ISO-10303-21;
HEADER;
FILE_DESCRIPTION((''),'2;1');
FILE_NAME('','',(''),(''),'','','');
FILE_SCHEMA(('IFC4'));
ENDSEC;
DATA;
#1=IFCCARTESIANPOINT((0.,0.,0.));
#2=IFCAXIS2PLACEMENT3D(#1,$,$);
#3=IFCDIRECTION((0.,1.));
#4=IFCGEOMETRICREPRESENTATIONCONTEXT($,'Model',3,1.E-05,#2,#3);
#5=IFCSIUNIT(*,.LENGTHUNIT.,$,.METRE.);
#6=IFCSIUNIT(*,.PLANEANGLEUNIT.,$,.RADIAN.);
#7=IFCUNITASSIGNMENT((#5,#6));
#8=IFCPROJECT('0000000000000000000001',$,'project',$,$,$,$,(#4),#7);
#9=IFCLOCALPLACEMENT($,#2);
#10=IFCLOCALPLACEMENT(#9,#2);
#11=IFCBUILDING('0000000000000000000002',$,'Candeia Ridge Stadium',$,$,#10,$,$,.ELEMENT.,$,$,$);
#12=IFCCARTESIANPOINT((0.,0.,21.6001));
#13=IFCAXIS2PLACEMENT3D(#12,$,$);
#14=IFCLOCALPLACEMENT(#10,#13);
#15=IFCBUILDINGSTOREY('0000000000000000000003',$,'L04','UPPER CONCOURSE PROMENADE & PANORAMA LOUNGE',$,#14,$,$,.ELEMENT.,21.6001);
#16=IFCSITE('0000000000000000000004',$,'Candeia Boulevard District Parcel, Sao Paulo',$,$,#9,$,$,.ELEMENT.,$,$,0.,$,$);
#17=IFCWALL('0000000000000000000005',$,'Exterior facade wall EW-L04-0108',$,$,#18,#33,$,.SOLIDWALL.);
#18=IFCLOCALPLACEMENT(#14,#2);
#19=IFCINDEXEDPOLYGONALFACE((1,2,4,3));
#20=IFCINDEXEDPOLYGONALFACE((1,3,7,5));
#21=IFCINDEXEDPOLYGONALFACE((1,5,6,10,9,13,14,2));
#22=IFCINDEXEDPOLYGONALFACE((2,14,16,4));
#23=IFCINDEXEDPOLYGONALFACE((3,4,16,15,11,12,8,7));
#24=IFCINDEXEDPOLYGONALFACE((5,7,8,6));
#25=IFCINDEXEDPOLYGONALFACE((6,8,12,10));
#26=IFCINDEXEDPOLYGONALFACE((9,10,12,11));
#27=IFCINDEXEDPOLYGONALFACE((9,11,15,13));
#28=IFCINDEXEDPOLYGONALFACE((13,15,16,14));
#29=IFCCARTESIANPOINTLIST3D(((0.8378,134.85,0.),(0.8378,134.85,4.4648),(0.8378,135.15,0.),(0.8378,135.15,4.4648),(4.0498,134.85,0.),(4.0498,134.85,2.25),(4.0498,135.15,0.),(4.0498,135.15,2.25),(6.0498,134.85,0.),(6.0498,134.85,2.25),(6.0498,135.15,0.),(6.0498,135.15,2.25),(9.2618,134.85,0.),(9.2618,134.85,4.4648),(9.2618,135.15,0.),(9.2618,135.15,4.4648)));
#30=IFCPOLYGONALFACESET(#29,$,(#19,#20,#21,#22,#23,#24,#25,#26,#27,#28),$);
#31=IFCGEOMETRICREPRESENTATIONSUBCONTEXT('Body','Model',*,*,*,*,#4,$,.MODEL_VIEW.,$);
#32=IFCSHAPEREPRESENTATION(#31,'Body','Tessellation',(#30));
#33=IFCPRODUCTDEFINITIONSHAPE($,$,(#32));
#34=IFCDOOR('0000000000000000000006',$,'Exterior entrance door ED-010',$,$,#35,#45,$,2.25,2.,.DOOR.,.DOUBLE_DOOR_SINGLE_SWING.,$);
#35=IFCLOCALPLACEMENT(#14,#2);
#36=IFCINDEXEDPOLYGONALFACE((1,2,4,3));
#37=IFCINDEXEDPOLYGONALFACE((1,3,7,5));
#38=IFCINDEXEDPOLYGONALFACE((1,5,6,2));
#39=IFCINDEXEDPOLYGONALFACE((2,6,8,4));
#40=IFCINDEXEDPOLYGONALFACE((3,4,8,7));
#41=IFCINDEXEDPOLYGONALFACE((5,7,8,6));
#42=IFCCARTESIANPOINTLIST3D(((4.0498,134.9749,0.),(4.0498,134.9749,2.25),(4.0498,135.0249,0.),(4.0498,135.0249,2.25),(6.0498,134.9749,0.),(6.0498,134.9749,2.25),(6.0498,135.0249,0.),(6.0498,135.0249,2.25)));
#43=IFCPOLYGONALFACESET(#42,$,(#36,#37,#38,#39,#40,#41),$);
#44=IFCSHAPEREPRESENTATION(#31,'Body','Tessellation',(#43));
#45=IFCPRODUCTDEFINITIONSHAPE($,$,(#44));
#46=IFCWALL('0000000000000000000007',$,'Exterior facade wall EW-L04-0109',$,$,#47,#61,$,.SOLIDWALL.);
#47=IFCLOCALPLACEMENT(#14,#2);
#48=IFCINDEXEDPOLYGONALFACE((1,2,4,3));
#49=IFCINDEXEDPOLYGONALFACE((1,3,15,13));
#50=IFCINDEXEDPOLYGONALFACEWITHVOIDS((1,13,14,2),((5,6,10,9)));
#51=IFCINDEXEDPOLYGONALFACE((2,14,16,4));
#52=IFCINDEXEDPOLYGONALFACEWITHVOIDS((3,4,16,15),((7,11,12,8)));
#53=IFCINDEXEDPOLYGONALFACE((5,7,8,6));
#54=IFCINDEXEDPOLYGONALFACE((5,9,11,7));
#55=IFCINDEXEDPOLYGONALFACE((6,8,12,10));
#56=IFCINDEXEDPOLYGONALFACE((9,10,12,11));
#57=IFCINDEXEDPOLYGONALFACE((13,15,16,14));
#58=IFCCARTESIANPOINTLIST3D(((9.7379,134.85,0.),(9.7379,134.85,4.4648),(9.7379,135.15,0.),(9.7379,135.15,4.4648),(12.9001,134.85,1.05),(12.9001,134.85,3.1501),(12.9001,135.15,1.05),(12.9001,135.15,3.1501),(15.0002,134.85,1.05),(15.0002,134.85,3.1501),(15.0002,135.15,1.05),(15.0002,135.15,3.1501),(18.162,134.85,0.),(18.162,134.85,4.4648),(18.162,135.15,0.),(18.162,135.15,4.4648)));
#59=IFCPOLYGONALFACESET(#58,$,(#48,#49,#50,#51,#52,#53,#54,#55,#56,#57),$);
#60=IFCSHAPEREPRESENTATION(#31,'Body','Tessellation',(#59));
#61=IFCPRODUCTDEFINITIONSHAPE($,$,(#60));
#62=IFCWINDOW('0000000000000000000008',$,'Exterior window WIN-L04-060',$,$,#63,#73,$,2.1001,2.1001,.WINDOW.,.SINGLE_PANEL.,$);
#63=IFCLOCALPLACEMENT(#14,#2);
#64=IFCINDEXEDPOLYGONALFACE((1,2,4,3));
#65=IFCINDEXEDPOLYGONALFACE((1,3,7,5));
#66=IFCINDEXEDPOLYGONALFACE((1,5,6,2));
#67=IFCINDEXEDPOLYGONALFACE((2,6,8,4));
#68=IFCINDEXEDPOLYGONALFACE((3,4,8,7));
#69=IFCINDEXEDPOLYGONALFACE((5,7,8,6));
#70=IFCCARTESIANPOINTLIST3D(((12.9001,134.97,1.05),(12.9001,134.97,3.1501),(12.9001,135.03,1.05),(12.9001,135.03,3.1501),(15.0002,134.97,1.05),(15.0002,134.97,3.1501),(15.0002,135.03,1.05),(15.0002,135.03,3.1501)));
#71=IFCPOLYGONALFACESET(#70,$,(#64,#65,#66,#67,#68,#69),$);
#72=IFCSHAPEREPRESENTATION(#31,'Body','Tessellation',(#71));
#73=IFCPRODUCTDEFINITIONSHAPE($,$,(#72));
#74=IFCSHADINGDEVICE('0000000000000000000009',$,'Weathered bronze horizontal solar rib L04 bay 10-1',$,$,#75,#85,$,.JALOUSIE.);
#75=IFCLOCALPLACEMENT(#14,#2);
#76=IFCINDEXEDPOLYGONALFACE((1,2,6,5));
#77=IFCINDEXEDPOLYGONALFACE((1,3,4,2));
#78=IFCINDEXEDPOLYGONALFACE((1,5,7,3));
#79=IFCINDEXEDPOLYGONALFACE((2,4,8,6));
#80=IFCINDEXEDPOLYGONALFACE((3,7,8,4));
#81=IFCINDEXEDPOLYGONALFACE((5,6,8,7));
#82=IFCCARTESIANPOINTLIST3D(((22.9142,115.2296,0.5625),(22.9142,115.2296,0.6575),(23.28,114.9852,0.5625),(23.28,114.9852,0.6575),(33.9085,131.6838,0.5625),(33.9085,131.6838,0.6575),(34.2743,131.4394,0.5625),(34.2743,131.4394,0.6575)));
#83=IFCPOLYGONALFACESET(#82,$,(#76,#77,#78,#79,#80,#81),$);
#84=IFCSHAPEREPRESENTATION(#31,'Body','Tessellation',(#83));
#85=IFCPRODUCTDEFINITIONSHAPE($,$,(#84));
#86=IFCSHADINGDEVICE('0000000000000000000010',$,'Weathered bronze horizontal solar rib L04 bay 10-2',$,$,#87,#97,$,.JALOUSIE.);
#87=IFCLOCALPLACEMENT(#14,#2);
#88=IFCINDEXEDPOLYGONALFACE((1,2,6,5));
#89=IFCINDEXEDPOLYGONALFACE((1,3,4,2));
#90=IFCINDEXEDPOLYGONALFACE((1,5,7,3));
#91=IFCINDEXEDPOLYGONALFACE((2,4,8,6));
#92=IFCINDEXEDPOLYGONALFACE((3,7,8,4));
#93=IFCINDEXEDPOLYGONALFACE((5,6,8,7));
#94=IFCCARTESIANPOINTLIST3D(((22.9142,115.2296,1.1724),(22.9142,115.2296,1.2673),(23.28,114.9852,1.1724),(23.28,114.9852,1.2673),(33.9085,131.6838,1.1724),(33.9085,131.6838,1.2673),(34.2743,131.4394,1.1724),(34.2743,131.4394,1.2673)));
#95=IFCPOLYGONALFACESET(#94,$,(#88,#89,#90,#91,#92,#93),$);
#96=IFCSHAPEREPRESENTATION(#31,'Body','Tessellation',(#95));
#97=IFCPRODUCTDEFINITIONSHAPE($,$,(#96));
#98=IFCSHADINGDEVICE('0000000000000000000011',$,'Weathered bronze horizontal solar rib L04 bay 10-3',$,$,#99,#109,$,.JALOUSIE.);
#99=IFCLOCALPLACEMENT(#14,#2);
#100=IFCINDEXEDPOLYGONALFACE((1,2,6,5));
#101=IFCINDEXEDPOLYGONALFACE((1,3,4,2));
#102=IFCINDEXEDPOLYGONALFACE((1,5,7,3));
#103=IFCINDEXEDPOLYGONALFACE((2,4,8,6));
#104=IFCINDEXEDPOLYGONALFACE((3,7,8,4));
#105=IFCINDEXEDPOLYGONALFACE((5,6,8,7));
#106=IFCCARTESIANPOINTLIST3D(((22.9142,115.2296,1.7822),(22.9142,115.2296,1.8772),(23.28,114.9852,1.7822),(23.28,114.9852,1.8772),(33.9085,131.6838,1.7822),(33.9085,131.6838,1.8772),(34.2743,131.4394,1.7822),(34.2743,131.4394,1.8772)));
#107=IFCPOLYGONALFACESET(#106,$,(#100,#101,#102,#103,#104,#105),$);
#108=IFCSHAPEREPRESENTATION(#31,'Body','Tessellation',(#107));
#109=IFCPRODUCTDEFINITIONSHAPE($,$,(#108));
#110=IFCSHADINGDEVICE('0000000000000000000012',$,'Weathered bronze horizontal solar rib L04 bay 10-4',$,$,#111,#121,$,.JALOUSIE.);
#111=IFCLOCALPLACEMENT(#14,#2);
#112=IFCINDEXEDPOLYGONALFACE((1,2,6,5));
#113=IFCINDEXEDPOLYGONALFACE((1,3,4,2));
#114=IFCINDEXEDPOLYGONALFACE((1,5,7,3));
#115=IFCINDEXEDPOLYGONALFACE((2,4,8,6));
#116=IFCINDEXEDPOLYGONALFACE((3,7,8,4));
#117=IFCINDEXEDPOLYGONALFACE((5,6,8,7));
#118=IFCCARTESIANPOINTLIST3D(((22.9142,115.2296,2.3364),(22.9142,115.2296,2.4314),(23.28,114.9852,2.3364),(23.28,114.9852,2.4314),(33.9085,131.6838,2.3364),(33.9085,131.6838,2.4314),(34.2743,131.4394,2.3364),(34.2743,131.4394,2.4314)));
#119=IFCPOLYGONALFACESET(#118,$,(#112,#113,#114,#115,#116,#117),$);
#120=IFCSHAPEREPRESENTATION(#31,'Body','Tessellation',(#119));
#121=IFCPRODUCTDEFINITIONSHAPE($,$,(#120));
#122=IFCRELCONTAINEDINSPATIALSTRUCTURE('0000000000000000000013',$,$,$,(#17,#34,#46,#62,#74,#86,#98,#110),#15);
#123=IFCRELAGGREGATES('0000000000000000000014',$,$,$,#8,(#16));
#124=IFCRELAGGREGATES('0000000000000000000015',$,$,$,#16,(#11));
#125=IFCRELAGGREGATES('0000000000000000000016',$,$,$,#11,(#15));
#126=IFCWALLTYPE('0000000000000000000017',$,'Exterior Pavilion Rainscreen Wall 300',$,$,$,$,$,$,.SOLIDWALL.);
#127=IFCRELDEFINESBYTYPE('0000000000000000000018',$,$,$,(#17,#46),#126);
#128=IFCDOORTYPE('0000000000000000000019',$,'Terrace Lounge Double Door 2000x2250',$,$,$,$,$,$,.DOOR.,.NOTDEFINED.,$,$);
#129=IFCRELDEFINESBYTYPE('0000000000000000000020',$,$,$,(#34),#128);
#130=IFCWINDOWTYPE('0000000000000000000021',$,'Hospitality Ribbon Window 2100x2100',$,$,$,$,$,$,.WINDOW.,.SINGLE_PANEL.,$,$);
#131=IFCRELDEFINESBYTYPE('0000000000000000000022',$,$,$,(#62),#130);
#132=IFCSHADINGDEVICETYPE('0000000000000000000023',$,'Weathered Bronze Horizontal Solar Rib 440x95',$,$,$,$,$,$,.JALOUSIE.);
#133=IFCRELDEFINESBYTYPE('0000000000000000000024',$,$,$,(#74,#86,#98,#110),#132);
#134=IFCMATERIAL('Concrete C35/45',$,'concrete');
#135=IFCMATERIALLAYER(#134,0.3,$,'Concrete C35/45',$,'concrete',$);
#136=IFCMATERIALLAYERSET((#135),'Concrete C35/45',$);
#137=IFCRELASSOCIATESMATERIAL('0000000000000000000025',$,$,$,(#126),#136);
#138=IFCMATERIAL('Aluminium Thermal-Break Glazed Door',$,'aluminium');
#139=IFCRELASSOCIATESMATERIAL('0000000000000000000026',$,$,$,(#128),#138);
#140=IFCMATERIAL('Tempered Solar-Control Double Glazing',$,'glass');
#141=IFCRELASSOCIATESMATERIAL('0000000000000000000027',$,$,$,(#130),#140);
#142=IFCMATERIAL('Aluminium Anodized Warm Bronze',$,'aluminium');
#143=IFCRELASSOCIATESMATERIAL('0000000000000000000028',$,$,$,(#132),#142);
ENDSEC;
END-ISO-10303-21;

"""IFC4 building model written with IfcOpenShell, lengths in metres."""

from ifc_helpers import new_model, si_unit, direction, frame, frame_2d, origin, origin_2d, place, context, subcontext, project, spatial, rectangle, extrude, material, layer, layer_set, type_object, element, fill, save


model = new_model("IFC4")

# Units and contexts
model_context = context("Model", 3, precision=1e-05, world=origin(), true_north=direction((0.0, 1.0)))
body_context = subcontext(model_context, "Body", "Model", "MODEL_VIEW")
ifc_project = project(units=[si_unit("LENGTHUNIT", "METRE"), si_unit("PLANEANGLEUNIT", "RADIAN")], contexts=[model_context])

# Site, building, storey
site_placement = place(None, origin())
site = spatial("IfcSite", under=ifc_project, at=site_placement, Name="Candeia Boulevard District Parcel, Sao Paulo", CompositionType="ELEMENT", RefElevation=0.0)
building_placement = place(site_placement, origin())
building = spatial("IfcBuilding", under=site, at=building_placement, Name="Candeia Ridge Stadium", CompositionType="ELEMENT")
storey_placement = place(building_placement, frame((0.0, 0.0, 21.6001)))
storey = spatial("IfcBuildingStorey", under=building, at=storey_placement, Name="L04", Description="UPPER CONCOURSE PROMENADE & PANORAMA LOUNGE", CompositionType="ELEMENT", Elevation=21.6001)

# Shared definitions
ifc_material_1 = material(Name="Concrete C35/45", Category="concrete")
ifc_material_2 = material(Name="Tempered Solar-Control Double Glazing", Category="glass")

# Wall, opening, door
ifc_layer_1 = layer(ifc_material_1, 0.3, Name="Concrete C35/45", Category="concrete")
ifc_layer_set_1 = layer_set([ifc_layer_1], Name="Concrete C35/45")
wall_type_1 = type_object("IfcWallType", Name="Exterior Pavilion Rainscreen Wall 300", PredefinedType="SOLIDWALL", material=ifc_layer_set_1)
wall_1_placement = place(storey_placement, frame((0.8379, 135.0, 0.0), z_axis=(0.0, 0.0, 1.0), x_axis=(1.0, 0.0, 0.0)))
wall_1 = element("IfcWall", 1, at=wall_1_placement, inside=storey, type_object=wall_type_1, Name="Exterior facade wall EW-L04-0108", PredefinedType="SOLIDWALL", context=body_context, shape_type="SweptSolid", body=[
    extrude(rectangle(XDim=8.4241, YDim=0.3, at=frame_2d((4.2119, 0.0))), origin(), (0.0, 0.0, 1.0), 4.4648),
])
opening_1_placement = place(wall_1_placement, frame((3.2119, 0.0, 0.0)))
opening_1 = element("IfcOpeningElement", 2, at=opening_1_placement, cuts=wall_1, PredefinedType="OPENING", context=body_context, shape_type="SweptSolid", body=[
    extrude(rectangle(XDim=2.0, YDim=2.25, at=frame_2d((1.0, 1.125))), frame((0.0, 0.1599, 0.0), z_axis=(0.0, -1.0, 0.0), x_axis=(1.0, 0.0, 0.0)), (0.0, 0.0, 1.0), 0.3201),
])
ifc_material_3 = material(Name="Aluminium Thermal-Break Glazed Door", Category="aluminium")
door_type = type_object("IfcDoorType", Name="Terrace Lounge Double Door 2000x2250", OperationType="NOTDEFINED", PredefinedType="DOOR", material=ifc_material_3)
door_placement = place(opening_1_placement, origin())
door = element("IfcDoor", 3, at=door_placement, inside=storey, type_object=door_type, Name="Exterior entrance door ED-010", OperationType="DOUBLE_DOOR_SINGLE_SWING", OverallHeight=2.25, OverallWidth=2.0, PredefinedType="DOOR", context=body_context, shape_type="SweptSolid", body=[
    extrude(rectangle(XDim=2.0, YDim=2.25, at=frame_2d((1.0, 1.125))), frame((0.0, 0.0249, 0.0), z_axis=(0.0, -1.0, 0.0), x_axis=(1.0, 0.0, 0.0)), (0.0, 0.0, 1.0), 0.05),
])
fill(opening_1, door)

# Wall, opening, window
wall_2_placement = place(storey_placement, frame((9.738, 135.0, 0.0), z_axis=(0.0, 0.0, 1.0), x_axis=(1.0, 0.0, 0.0)))
wall_2 = element("IfcWall", 4, at=wall_2_placement, inside=storey, type_object=wall_type_1, Name="Exterior facade wall EW-L04-0109", PredefinedType="SOLIDWALL", context=body_context, shape_type="SweptSolid", body=[
    extrude(rectangle(XDim=8.4241, YDim=0.3, at=frame_2d((4.2119, 0.0))), origin(), (0.0, 0.0, 1.0), 4.4648),
])
opening_2_placement = place(wall_2_placement, frame((3.1621, 0.0, 1.05)))
opening_2 = element("IfcOpeningElement", 5, at=opening_2_placement, cuts=wall_2, PredefinedType="OPENING", context=body_context, shape_type="SweptSolid", body=[
    extrude(rectangle(XDim=2.1001, YDim=2.1001, at=frame_2d((1.05, 1.05))), frame((0.0, 0.1599, 0.0), z_axis=(0.0, -1.0, 0.0), x_axis=(1.0, 0.0, 0.0)), (0.0, 0.0, 1.0), 0.3201),
])
window_type_1 = type_object("IfcWindowType", Name="Hospitality Ribbon Window 2100x2100", PartitioningType="SINGLE_PANEL", PredefinedType="WINDOW", material=ifc_material_2)
window_1_placement = place(opening_2_placement, origin())
window_1 = element("IfcWindow", 6, at=window_1_placement, inside=storey, type_object=window_type_1, Name="Exterior window WIN-L04-060", OverallHeight=2.1001, OverallWidth=2.1001, PartitioningType="SINGLE_PANEL", PredefinedType="WINDOW", context=body_context, shape_type="SweptSolid", body=[
    extrude(rectangle(XDim=2.1001, YDim=2.1001, at=frame_2d((1.05, 1.05))), frame((0.0, 0.03, 0.0), z_axis=(0.0, -1.0, 0.0), x_axis=(1.0, 0.0, 0.0)), (0.0, 0.0, 1.0), 0.0601),
])
fill(opening_2, window_1)

# Shading devices
ifc_material_4 = material(Name="Aluminium Anodized Warm Bronze", Category="aluminium")
shading_device_type = type_object("IfcShadingDeviceType", Name="Weathered Bronze Horizontal Solar Rib 440x95", PredefinedType="JALOUSIE", material=ifc_material_4)
for number, where, z_axis, x_axis, name in (
    (7, (28.5942, 123.3345, 0.5625), (0.0, 0.0, 1.0), (-0.55557, -0.83147, 0.0), "Weathered bronze horizontal solar rib L04 bay 10-1"),
    (8, (28.5942, 123.3345, 1.1724), (0.0, 0.0, 1.0), (-0.55557, -0.83147, 0.0), "Weathered bronze horizontal solar rib L04 bay 10-2"),
    (9, (28.5942, 123.3345, 1.7822), (0.0, 0.0, 1.0), (-0.55557, -0.83147, 0.0), "Weathered bronze horizontal solar rib L04 bay 10-3"),
    (10, (28.5942, 123.3345, 2.3364), (0.0, 0.0, 1.0), (-0.55557, -0.83147, 0.0), "Weathered bronze horizontal solar rib L04 bay 10-4"),
):
    element("IfcShadingDevice", number, at=place(storey_placement, frame(where, z_axis=z_axis, x_axis=x_axis)), inside=storey, type_object=shading_device_type, Name=name, PredefinedType="JALOUSIE", context=body_context, shape_type="SweptSolid", body=[
        extrude(rectangle(XDim=19.7893, YDim=0.4399, at=origin_2d()), origin(), (0.0, 0.0, 1.0), 0.095),
    ])

save(model, "model.ifc")
